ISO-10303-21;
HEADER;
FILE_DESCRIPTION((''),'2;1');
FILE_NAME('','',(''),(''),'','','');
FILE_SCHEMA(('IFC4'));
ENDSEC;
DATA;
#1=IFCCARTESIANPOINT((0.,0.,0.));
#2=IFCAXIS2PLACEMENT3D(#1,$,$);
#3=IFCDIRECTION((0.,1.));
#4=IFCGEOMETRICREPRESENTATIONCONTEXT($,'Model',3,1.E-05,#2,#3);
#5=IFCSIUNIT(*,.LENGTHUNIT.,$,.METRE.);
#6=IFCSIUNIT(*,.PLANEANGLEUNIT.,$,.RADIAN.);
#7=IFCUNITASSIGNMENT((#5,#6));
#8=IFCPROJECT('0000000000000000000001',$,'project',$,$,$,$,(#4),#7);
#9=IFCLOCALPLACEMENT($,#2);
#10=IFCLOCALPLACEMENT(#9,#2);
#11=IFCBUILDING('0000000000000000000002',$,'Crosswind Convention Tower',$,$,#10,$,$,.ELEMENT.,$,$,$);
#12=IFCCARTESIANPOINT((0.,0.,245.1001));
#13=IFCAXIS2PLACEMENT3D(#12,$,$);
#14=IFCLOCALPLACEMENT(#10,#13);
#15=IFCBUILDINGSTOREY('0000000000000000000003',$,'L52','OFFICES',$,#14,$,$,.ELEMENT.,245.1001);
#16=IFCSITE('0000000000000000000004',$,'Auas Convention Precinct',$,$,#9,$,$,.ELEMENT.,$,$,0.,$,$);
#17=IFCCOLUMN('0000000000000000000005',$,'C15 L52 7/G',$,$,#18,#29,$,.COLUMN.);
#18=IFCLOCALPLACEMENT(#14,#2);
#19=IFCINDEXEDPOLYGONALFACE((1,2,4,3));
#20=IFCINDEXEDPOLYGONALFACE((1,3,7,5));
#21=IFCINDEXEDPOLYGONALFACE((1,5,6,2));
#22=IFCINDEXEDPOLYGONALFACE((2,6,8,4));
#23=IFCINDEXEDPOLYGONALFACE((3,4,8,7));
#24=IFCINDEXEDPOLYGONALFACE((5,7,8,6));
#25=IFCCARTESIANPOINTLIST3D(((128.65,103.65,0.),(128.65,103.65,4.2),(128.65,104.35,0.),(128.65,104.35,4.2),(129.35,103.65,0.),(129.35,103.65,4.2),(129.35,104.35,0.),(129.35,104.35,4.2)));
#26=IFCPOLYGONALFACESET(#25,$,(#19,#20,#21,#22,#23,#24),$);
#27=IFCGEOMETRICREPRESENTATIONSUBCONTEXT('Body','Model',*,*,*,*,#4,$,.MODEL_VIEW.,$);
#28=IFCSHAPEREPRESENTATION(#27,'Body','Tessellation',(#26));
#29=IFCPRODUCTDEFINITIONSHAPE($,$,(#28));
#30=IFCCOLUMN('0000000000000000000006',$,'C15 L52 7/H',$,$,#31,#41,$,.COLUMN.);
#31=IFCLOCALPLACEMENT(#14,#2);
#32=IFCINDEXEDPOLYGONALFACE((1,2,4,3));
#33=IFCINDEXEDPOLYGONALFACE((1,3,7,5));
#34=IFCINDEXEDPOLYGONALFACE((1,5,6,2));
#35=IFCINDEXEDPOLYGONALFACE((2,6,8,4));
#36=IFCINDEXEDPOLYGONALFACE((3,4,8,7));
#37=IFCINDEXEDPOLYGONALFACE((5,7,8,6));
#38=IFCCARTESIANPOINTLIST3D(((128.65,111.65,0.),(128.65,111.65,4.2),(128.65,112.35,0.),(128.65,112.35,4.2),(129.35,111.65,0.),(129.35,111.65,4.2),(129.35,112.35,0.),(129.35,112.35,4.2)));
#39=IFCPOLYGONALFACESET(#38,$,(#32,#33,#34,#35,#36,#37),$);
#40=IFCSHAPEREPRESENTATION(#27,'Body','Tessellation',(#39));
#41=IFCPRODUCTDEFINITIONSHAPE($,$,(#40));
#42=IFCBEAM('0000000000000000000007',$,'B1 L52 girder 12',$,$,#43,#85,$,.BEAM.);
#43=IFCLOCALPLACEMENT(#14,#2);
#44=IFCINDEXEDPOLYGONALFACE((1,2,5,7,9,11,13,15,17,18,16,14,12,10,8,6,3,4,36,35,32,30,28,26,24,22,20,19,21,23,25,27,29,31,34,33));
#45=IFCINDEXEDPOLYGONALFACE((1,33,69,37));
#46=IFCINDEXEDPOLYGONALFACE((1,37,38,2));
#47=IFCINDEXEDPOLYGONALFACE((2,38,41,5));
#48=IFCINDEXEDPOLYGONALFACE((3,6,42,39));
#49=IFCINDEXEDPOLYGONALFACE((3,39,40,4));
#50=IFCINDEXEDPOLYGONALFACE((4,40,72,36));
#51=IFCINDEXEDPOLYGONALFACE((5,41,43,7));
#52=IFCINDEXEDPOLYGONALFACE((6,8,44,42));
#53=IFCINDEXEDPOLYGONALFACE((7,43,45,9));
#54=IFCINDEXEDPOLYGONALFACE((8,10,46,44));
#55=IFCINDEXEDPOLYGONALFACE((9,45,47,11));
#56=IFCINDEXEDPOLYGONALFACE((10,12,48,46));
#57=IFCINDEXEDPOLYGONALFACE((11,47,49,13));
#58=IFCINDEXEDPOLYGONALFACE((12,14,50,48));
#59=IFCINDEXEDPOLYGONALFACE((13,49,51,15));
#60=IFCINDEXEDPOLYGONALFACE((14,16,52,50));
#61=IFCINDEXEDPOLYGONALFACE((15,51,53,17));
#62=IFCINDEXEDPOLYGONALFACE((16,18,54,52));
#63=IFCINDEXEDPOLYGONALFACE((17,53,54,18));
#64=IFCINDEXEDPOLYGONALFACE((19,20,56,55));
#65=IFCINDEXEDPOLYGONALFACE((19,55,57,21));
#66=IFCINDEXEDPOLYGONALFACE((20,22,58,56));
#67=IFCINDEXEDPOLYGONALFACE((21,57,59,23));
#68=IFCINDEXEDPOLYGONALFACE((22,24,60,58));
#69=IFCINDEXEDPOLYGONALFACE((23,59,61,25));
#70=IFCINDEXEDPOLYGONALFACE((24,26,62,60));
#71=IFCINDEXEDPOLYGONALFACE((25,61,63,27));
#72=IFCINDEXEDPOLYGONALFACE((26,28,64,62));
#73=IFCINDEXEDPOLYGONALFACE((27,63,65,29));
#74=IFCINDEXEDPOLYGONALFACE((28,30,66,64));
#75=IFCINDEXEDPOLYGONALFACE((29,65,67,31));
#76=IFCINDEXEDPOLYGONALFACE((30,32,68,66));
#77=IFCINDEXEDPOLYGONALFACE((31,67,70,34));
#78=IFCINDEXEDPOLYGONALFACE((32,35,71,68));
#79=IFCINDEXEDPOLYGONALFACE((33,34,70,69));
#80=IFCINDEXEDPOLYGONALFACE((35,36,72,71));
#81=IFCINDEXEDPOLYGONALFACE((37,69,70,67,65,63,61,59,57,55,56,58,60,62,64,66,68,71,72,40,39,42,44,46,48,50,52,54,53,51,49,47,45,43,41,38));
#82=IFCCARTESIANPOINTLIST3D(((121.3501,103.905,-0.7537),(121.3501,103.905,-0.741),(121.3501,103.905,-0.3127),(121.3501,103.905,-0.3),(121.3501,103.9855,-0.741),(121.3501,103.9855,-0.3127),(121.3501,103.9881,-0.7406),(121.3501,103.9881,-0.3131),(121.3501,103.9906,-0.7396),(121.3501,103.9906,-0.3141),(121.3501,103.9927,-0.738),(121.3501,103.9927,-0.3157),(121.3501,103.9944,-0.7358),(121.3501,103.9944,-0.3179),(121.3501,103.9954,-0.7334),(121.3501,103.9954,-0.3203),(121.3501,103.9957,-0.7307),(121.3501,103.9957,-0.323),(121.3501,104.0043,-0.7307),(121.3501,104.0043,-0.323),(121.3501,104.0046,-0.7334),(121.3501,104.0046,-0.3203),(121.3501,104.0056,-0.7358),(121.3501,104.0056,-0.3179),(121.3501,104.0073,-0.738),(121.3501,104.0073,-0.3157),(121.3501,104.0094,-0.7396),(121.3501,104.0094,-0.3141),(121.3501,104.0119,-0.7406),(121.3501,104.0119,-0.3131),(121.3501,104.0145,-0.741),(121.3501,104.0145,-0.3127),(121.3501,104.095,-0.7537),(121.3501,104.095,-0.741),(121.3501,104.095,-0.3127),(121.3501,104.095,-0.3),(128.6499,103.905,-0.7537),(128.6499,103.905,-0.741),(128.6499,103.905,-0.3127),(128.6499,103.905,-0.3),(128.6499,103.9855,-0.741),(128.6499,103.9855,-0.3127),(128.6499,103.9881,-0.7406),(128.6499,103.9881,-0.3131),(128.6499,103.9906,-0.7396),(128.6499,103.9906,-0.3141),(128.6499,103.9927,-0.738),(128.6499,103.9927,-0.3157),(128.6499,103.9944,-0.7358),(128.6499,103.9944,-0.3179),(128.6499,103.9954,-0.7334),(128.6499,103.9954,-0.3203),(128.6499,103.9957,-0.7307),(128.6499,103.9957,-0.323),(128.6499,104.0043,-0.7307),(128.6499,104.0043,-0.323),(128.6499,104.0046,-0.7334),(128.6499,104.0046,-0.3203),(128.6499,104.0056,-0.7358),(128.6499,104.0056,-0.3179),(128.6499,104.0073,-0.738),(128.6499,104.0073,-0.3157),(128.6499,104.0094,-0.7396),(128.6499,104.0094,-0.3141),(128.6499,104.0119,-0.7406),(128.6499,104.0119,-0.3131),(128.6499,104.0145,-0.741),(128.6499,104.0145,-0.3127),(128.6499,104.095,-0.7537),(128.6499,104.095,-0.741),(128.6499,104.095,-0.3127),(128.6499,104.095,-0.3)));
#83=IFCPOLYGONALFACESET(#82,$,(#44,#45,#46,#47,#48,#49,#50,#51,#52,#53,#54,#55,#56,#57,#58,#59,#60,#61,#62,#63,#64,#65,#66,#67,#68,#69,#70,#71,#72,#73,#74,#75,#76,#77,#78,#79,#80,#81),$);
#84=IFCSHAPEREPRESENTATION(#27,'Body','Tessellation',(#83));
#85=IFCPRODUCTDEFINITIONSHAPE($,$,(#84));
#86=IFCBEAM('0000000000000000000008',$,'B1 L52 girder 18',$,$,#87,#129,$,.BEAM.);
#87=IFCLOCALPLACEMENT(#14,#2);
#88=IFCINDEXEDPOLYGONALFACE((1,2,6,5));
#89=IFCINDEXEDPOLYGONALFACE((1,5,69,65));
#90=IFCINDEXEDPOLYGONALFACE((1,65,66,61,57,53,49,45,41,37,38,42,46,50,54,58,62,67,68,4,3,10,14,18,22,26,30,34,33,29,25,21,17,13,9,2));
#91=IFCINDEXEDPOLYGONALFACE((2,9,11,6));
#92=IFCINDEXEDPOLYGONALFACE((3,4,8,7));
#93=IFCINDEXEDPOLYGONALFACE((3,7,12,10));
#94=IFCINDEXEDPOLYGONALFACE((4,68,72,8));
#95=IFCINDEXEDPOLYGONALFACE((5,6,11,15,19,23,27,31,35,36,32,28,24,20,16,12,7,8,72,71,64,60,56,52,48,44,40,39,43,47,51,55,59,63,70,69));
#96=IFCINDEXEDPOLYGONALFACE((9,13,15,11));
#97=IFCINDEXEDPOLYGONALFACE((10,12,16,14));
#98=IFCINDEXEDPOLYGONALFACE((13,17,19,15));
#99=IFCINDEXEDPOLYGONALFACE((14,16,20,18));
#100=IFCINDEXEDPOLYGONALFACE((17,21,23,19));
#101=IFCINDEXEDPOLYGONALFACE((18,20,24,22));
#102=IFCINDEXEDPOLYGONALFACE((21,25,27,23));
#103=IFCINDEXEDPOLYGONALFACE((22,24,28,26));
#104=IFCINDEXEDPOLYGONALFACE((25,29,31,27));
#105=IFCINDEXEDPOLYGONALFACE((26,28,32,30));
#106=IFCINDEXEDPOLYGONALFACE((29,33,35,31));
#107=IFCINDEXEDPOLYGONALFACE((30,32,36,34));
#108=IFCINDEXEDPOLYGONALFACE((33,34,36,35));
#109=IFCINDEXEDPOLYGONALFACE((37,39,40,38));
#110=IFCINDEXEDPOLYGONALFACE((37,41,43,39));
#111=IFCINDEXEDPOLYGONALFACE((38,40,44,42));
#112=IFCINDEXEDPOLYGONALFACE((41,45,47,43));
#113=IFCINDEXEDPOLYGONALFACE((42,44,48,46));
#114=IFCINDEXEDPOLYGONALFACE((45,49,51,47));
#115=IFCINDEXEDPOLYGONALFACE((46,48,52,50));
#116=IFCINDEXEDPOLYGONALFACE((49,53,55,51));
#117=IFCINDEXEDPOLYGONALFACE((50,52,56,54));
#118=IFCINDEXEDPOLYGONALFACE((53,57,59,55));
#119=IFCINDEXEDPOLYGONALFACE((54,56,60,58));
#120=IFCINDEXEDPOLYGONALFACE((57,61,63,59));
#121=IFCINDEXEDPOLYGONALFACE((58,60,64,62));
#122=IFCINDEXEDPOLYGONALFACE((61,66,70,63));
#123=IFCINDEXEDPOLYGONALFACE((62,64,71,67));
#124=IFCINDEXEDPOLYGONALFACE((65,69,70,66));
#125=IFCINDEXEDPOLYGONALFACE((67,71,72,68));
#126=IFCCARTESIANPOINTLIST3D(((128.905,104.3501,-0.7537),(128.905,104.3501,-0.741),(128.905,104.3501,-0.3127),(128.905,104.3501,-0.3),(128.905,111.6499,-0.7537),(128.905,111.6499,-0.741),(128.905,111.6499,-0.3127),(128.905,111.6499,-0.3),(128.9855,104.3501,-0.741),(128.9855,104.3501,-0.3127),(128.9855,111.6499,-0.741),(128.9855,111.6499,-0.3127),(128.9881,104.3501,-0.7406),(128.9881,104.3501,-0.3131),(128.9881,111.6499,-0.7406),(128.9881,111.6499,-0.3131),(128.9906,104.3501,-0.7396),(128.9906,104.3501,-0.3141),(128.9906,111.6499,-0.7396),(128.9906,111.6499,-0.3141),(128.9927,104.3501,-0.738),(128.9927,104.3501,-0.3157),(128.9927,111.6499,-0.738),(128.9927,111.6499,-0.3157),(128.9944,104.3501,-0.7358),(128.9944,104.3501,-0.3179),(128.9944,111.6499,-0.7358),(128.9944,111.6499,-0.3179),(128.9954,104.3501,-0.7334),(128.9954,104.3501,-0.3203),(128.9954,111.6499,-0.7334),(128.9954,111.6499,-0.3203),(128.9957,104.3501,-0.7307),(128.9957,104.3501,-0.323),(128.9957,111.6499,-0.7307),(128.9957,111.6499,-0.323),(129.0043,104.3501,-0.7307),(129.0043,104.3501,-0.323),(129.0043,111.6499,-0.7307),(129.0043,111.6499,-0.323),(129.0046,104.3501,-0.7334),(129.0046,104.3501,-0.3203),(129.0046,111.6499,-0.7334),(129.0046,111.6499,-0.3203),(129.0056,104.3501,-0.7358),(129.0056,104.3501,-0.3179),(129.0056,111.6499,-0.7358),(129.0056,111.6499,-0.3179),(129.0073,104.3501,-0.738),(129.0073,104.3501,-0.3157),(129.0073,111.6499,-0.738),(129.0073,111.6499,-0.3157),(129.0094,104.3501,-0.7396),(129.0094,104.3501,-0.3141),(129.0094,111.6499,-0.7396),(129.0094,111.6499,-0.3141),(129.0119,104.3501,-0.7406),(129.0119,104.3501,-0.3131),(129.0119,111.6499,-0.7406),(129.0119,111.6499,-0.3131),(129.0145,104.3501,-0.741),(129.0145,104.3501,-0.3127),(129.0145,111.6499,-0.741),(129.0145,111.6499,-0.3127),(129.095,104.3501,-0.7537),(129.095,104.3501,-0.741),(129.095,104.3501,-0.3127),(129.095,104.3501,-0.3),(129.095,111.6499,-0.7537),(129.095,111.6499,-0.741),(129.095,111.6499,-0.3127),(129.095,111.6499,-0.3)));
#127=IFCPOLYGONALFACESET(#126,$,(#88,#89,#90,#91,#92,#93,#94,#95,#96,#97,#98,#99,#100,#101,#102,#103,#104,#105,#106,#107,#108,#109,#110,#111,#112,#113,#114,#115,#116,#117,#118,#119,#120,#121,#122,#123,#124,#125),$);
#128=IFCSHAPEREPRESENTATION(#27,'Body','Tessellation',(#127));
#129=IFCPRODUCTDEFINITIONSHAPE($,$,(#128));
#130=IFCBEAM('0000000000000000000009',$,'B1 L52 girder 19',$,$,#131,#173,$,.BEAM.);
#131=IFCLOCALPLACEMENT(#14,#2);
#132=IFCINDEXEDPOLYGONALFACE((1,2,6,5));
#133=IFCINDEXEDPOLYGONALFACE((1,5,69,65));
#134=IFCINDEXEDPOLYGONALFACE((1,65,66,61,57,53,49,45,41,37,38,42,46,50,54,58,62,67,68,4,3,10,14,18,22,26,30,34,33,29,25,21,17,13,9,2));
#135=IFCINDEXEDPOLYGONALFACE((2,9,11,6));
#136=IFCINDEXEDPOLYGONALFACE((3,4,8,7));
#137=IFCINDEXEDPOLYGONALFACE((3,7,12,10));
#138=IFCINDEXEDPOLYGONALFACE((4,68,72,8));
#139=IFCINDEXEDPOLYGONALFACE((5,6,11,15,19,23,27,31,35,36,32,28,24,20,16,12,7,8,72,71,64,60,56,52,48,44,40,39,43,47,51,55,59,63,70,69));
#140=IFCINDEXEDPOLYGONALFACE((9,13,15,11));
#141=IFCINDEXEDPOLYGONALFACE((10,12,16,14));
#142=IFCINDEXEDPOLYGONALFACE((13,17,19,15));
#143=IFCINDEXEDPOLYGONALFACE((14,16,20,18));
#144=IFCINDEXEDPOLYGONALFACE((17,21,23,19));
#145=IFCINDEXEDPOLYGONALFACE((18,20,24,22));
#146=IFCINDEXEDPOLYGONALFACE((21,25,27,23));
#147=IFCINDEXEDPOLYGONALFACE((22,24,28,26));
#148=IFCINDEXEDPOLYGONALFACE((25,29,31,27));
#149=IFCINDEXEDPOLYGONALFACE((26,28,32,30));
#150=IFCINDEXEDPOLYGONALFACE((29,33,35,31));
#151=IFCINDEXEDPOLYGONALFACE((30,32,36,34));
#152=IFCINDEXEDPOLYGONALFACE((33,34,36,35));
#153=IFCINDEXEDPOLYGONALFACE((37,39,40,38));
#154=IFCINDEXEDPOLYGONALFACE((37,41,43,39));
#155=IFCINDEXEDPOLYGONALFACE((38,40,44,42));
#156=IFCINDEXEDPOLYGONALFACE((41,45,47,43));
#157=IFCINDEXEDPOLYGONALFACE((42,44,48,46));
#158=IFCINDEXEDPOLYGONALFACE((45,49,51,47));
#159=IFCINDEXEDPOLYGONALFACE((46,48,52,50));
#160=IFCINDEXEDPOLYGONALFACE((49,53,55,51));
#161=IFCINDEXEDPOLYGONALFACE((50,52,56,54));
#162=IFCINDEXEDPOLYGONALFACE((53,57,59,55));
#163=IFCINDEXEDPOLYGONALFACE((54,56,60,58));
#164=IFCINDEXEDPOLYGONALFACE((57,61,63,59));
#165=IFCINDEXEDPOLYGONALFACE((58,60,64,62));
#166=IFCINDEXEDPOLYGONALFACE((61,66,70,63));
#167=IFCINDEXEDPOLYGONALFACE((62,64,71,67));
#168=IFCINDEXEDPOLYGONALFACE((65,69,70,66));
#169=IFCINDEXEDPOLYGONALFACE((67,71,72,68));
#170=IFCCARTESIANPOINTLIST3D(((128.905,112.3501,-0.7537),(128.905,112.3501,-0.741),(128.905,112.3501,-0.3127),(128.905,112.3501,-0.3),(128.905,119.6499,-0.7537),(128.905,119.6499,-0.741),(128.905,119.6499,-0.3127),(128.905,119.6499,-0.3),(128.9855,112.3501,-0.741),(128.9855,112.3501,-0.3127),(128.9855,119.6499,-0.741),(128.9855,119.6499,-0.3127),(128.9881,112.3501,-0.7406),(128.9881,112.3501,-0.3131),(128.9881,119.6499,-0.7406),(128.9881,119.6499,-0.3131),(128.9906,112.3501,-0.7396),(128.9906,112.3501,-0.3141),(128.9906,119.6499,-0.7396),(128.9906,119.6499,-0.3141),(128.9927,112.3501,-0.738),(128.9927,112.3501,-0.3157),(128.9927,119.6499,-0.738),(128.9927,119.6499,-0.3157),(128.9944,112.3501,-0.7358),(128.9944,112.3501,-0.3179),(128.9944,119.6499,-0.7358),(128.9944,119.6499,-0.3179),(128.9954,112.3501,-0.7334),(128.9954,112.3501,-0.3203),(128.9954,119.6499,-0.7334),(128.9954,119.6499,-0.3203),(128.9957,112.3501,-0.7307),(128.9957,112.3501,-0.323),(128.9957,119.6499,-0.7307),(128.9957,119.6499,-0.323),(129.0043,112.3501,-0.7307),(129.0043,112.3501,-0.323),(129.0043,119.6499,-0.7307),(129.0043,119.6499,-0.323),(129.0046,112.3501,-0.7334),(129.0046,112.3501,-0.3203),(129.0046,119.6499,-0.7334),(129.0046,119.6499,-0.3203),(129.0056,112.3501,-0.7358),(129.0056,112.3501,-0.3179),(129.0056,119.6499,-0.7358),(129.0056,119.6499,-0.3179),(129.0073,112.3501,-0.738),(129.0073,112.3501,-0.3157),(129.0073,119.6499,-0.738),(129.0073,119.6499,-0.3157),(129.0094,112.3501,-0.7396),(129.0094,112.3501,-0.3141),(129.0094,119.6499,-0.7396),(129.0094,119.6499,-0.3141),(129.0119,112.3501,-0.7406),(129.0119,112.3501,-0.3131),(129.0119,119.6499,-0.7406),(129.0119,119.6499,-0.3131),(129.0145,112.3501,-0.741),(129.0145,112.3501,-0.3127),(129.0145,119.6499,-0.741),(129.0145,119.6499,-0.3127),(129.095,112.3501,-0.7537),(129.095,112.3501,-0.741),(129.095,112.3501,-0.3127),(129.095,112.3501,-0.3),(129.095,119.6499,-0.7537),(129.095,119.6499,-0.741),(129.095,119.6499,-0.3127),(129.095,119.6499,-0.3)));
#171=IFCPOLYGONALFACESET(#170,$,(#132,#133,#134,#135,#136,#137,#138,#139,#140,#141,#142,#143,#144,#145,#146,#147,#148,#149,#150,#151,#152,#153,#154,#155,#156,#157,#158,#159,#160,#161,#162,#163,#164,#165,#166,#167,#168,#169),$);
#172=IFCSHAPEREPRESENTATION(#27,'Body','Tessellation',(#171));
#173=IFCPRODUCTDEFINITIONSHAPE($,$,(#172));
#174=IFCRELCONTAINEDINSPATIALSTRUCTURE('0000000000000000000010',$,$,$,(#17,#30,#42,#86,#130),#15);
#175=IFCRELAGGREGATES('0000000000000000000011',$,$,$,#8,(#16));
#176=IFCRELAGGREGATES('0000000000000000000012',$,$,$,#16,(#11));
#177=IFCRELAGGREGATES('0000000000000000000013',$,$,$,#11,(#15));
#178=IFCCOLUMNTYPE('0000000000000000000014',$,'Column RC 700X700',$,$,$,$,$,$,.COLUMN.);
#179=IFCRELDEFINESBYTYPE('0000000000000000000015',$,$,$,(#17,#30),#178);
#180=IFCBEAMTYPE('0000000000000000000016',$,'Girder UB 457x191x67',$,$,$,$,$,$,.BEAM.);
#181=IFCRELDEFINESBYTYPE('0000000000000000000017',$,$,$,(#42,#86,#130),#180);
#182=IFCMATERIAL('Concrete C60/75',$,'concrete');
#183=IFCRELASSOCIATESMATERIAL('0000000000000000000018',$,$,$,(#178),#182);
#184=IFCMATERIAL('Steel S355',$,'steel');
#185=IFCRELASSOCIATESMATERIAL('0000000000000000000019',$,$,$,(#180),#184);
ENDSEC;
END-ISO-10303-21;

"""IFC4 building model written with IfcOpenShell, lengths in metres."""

from ifc_helpers import new_model, si_unit, direction, frame, origin, origin_2d, place, context, subcontext, project, spatial, rectangle, i_section, extrude, material, material_profile, profile_set, type_object, element, save


model = new_model("IFC4")

# Units and contexts
model_context = context("Model", 3, precision=1e-05, world=origin(), true_north=direction((0.0, 1.0)))
body_context = subcontext(model_context, "Body", "Model", "MODEL_VIEW")
ifc_project = project(units=[si_unit("LENGTHUNIT", "METRE"), si_unit("PLANEANGLEUNIT", "RADIAN")], contexts=[model_context])

# Site, building, storey
site_placement = place(None, origin())
site = spatial("IfcSite", under=ifc_project, at=site_placement, Name="Auas Convention Precinct", CompositionType="ELEMENT", RefElevation=0.0)
building_placement = place(site_placement, origin())
building = spatial("IfcBuilding", under=site, at=building_placement, Name="Crosswind Convention Tower", CompositionType="ELEMENT")
storey_placement = place(building_placement, frame((0.0, 0.0, 245.1001)))
storey = spatial("IfcBuildingStorey", under=building, at=storey_placement, Name="L52", Description="OFFICES", CompositionType="ELEMENT", Elevation=245.1001)

# Columns
ifc_material_1 = material(Name="Concrete C60/75", Category="concrete")
ifc_material_profile_1 = material_profile(ifc_material_1, rectangle(XDim=0.7, YDim=0.7, at=origin_2d()), Name="RC 700X700")
ifc_profile_set_1 = profile_set([ifc_material_profile_1], Name="Concrete C60/75")
column_type = type_object("IfcColumnType", Name="Column RC 700X700", PredefinedType="COLUMN", material=ifc_profile_set_1)
for number, where, z_axis, x_axis, name in (
    (1, (129.0, 104.0, 0.0), (0.0, 0.0, 1.0), (1.0, 0.0, 0.0), "C15 L52 7/G"),
    (2, (129.0, 112.0, 0.0), (0.0, 0.0, 1.0), (1.0, 0.0, 0.0), "C15 L52 7/H"),
):
    element("IfcColumn", number, at=place(storey_placement, frame(where, z_axis=z_axis, x_axis=x_axis)), inside=storey, type_object=column_type, Name=name, PredefinedType="COLUMN", context=body_context, shape_type="SweptSolid", body=[
        extrude(rectangle(XDim=0.7, YDim=0.7, at=origin_2d()), origin(), (0.0, 0.0, 1.0), 4.2),
    ])

# Beams
ifc_material_2 = material(Name="Steel S355", Category="steel")
ifc_material_profile_2 = material_profile(ifc_material_2, i_section(OverallWidth=0.1899, OverallDepth=0.4536, WebThickness=0.0085, FlangeThickness=0.0127, FilletRadius=0.0103, at=origin_2d()), Name="UB 457x191x67")
ifc_profile_set_2 = profile_set([ifc_material_profile_2], Name="Steel S355")
beam_type_1 = type_object("IfcBeamType", Name="Girder UB 457x191x67", PredefinedType="BEAM", material=ifc_profile_set_2)
for number, where, z_axis, x_axis, name in (
    (3, (121.3501, 104.0, -0.5269), (1.0, 0.0, 0.0), (0.0, 1.0, 0.0), "B1 L52 girder 12"),
    (4, (129.0, 104.3501, -0.5269), (0.0, 1.0, 0.0), (-1.0, 0.0, 0.0), "B1 L52 girder 18"),
    (5, (129.0, 112.3501, -0.5269), (0.0, 1.0, 0.0), (-1.0, 0.0, 0.0), "B1 L52 girder 19"),
):
    element("IfcBeam", number, at=place(storey_placement, frame(where, z_axis=z_axis, x_axis=x_axis)), inside=storey, type_object=beam_type_1, Name=name, PredefinedType="BEAM", context=body_context, shape_type="SweptSolid", body=[
        extrude(i_section(OverallWidth=0.1899, OverallDepth=0.4536, WebThickness=0.0085, FlangeThickness=0.0127, FilletRadius=0.0103, at=origin_2d()), origin(), (0.0, 0.0, 1.0), 7.2998),
    ])

save(model, "model.ifc")
